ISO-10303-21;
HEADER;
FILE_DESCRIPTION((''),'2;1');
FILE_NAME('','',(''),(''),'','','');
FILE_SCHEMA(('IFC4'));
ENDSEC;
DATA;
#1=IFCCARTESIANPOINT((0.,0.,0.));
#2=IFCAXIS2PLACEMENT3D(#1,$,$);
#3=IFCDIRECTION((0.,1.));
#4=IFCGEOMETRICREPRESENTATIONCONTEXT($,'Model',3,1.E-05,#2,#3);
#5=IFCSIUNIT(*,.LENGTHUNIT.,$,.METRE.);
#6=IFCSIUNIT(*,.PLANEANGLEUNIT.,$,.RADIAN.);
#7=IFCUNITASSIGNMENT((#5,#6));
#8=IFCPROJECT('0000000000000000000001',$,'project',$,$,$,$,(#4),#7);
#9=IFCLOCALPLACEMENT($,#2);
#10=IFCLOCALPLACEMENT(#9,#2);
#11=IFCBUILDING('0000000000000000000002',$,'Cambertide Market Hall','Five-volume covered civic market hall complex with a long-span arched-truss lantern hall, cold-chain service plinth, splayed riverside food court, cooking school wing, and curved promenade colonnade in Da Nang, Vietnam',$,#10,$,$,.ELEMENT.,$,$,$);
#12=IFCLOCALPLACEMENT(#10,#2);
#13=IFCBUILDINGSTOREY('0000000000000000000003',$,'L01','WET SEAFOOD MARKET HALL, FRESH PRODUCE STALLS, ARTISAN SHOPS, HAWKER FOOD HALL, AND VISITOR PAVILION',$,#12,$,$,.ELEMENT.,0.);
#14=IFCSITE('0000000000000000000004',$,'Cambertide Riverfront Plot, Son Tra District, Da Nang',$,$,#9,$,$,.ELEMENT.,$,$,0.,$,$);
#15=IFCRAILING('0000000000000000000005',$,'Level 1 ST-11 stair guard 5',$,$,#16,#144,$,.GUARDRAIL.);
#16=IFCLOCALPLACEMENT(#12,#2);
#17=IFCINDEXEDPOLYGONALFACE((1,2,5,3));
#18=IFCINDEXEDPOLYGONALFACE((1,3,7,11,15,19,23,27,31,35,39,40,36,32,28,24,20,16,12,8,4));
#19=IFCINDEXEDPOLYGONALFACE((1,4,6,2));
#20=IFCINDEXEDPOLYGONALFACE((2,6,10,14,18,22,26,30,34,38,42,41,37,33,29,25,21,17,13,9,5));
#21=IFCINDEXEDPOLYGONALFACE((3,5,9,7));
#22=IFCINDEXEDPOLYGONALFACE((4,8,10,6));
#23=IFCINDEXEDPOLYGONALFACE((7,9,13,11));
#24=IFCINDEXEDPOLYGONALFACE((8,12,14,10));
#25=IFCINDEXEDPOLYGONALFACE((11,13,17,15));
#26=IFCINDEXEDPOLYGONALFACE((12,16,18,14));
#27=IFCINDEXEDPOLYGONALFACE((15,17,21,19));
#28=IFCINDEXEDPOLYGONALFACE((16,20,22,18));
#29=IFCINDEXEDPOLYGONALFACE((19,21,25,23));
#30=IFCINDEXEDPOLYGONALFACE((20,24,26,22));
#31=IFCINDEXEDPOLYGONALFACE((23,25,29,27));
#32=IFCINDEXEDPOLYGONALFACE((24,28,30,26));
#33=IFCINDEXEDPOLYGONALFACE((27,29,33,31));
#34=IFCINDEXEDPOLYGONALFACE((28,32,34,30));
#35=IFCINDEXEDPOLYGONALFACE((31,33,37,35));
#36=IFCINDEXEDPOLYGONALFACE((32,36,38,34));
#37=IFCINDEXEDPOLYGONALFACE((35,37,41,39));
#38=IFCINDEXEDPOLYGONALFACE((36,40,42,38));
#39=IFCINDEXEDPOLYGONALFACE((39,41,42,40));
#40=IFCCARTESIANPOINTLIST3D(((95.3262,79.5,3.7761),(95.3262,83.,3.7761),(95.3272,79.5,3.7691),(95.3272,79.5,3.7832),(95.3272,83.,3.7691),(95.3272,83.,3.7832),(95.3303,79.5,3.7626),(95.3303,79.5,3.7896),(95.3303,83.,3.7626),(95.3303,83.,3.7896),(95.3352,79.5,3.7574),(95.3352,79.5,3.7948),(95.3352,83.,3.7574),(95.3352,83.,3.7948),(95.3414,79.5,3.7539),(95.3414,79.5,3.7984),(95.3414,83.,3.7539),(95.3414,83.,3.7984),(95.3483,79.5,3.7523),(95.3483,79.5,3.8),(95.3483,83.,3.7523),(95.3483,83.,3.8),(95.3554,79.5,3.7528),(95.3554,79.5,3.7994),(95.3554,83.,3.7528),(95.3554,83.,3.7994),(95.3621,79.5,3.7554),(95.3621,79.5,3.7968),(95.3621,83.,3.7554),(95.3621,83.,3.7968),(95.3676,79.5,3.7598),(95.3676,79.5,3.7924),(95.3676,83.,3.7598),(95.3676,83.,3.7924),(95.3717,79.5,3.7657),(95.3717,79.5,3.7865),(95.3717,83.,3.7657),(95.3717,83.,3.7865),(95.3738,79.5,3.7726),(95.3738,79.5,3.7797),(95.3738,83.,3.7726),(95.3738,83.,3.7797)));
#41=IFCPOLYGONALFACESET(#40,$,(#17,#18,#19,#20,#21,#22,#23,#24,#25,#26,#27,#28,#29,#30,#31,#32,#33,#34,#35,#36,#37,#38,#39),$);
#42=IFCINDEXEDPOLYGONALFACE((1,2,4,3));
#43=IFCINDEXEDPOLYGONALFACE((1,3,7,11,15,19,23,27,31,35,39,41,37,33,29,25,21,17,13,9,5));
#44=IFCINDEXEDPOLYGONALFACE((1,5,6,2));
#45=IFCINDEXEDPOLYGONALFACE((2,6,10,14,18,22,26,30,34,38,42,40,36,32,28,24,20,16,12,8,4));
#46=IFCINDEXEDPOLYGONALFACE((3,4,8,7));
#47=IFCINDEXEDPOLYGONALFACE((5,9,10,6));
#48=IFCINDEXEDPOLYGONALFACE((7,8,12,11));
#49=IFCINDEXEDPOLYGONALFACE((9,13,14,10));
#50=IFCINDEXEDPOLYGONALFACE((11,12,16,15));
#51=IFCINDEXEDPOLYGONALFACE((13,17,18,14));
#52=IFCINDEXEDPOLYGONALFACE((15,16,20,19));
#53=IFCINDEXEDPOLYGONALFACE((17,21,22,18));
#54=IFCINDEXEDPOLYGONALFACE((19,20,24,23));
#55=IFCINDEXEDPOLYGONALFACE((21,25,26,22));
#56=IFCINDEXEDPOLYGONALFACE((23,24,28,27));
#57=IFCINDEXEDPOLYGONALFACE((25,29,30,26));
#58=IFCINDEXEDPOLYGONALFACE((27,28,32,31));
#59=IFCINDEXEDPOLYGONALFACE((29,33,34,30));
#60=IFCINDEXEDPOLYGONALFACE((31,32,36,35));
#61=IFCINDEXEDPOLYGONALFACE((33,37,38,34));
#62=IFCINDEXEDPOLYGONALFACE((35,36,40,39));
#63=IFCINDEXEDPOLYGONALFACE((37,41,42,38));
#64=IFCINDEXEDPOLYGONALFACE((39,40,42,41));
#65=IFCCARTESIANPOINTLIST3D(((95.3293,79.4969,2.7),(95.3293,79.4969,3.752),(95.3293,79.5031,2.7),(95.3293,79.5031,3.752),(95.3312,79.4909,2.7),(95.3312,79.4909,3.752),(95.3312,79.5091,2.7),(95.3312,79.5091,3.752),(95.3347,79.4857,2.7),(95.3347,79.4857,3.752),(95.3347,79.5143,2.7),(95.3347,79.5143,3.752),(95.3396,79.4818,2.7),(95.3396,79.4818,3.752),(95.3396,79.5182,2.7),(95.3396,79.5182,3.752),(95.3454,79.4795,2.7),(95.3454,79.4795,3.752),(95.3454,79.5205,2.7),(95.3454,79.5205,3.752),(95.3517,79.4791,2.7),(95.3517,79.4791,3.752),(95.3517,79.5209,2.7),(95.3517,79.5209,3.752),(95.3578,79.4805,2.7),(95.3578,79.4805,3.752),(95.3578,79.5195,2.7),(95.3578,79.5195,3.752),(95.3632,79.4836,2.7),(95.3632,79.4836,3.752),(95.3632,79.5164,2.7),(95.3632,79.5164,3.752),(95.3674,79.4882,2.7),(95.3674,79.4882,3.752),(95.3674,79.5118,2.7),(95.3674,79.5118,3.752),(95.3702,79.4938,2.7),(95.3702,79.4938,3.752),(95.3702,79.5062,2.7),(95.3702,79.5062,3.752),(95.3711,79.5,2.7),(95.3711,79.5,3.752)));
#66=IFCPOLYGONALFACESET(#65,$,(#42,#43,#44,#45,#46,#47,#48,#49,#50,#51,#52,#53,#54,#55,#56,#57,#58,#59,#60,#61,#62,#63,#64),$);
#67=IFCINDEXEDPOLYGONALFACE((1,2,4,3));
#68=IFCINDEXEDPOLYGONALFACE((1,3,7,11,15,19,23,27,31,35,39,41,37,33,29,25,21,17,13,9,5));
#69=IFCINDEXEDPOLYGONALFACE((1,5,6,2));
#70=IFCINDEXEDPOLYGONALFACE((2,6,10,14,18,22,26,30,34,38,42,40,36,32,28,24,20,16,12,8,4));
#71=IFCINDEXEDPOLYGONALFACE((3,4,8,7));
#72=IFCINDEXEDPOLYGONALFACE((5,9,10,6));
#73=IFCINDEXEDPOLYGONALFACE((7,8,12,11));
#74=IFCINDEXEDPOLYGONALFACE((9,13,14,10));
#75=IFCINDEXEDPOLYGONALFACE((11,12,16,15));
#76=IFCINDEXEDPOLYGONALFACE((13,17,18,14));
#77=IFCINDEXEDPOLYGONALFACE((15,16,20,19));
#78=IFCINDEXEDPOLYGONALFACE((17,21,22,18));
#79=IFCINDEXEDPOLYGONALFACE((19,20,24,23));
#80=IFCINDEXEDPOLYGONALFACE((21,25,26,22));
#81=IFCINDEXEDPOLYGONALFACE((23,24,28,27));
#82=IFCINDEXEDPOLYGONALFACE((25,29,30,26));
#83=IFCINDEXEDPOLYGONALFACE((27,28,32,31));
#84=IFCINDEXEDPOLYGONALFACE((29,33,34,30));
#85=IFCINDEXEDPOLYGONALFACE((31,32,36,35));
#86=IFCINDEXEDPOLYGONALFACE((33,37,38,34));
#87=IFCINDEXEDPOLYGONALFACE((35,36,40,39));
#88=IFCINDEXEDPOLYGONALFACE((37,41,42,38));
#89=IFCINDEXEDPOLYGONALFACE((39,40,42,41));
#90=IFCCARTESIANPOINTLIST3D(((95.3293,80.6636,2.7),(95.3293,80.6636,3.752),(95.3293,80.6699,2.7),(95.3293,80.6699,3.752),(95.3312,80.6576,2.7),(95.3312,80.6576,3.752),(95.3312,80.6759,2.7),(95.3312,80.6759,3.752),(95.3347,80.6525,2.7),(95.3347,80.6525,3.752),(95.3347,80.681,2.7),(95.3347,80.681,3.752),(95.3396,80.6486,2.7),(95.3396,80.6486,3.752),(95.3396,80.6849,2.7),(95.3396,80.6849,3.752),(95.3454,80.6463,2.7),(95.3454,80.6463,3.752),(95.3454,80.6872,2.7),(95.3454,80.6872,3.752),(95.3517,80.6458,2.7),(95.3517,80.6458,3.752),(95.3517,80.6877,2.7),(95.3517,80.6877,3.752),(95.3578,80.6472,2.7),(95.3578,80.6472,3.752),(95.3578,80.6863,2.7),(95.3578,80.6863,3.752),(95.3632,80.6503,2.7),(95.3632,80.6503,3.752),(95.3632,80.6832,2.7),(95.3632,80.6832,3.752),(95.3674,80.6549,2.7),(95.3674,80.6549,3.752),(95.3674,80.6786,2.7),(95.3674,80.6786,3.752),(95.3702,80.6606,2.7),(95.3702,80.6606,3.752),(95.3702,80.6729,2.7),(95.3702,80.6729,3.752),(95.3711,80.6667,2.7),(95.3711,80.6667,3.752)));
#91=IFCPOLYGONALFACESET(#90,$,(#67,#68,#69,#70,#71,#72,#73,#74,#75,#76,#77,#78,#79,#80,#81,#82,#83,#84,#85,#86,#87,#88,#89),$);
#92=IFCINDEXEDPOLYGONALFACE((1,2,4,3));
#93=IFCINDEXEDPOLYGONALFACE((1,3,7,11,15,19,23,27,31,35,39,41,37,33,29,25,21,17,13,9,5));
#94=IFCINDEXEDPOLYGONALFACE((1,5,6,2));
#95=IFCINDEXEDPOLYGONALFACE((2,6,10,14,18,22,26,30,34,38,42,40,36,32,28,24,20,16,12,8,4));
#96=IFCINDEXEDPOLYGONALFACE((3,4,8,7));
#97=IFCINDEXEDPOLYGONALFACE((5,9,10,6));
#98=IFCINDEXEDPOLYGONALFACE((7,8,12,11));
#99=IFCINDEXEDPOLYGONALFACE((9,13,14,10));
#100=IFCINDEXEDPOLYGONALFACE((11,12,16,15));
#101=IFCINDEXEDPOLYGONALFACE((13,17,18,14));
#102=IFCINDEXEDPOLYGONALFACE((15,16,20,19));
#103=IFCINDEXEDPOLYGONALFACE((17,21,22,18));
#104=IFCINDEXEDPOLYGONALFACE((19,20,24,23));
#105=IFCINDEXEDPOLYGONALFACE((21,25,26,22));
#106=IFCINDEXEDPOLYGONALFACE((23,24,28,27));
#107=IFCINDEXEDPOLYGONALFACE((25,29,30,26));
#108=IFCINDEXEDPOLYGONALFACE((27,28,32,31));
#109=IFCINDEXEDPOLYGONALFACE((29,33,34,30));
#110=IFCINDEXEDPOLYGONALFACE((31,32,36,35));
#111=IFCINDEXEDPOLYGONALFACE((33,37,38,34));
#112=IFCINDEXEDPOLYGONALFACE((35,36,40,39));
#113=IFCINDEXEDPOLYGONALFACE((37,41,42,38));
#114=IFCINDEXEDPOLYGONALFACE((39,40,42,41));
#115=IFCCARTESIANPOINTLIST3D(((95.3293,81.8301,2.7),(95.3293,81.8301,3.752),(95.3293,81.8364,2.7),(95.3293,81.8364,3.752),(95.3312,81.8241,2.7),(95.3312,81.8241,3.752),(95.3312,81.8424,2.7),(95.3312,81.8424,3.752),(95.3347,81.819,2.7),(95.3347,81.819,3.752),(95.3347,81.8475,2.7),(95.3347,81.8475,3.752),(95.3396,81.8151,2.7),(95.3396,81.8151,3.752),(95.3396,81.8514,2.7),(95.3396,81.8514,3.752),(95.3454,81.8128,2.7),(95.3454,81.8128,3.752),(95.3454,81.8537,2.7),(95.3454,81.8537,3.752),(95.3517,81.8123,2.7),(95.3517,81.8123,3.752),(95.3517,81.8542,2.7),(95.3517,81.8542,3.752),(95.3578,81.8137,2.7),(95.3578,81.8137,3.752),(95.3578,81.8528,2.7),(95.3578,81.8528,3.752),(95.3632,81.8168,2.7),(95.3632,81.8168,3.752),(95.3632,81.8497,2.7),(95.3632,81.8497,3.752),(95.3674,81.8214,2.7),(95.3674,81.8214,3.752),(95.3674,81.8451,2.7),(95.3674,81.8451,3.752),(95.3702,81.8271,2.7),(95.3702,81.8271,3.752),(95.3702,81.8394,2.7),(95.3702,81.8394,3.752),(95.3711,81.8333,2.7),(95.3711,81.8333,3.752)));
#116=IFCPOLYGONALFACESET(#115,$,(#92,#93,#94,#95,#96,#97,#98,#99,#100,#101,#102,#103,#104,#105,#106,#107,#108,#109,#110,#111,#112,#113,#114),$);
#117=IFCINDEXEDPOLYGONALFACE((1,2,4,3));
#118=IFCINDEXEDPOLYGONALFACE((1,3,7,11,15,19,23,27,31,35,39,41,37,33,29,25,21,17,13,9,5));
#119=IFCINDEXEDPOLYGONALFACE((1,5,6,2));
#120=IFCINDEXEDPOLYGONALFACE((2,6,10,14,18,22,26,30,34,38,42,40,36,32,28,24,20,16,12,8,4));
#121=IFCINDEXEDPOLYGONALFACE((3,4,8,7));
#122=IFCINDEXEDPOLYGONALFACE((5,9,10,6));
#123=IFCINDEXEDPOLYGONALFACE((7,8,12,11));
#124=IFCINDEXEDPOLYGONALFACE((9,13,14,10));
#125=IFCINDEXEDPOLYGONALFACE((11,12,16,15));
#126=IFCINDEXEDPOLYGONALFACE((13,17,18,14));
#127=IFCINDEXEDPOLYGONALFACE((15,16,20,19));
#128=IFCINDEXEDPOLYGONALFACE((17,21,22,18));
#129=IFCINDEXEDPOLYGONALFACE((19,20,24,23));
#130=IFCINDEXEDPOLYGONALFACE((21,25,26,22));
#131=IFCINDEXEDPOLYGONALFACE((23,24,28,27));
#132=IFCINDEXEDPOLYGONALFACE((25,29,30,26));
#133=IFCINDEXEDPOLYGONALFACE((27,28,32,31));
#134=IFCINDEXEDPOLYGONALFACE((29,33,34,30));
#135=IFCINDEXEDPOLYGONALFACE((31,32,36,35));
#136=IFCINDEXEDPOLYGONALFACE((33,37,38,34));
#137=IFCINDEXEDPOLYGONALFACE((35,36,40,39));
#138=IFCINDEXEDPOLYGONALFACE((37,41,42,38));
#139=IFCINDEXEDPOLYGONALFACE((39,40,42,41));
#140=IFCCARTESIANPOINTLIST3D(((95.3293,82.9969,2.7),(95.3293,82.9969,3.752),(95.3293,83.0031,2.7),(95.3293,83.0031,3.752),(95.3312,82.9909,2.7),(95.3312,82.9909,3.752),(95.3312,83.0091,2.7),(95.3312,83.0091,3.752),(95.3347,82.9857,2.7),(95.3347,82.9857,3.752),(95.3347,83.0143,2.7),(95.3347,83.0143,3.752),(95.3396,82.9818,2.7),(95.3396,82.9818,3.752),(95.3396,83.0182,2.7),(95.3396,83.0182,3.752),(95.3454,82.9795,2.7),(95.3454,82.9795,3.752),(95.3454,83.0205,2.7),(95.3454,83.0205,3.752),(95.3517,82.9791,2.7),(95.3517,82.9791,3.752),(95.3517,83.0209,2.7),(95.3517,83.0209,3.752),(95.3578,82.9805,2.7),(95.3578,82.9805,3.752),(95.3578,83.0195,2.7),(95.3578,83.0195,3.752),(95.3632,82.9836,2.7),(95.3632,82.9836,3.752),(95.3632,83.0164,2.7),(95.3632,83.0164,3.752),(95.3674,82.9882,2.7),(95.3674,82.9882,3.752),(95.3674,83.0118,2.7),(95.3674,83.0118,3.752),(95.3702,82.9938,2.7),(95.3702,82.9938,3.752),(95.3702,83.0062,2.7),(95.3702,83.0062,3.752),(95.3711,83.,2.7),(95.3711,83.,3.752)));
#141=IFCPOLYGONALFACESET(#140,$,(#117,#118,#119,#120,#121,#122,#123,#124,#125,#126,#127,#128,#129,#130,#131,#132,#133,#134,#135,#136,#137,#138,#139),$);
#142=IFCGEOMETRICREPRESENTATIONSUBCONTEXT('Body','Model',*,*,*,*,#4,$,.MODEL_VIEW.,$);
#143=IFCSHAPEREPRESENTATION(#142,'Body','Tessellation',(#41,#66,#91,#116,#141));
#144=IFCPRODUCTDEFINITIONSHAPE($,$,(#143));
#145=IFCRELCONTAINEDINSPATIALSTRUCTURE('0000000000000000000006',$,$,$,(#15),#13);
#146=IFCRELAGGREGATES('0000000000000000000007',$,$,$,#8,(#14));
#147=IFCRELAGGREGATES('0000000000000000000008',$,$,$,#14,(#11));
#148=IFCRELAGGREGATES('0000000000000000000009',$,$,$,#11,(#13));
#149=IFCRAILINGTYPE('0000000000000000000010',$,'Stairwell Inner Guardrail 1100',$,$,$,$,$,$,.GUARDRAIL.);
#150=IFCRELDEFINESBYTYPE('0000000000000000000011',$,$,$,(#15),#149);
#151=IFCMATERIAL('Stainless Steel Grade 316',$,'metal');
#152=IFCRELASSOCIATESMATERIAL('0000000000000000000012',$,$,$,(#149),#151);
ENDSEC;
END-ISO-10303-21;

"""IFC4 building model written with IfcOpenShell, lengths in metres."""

from ifc_helpers import new_model, si_unit, direction, frame, origin, origin_2d, place, context, subcontext, project, spatial, circle, extrude, material, type_object, element, save


model = new_model("IFC4")

# Units and contexts
model_context = context("Model", 3, precision=1e-05, world=origin(), true_north=direction((0.0, 1.0)))
body_context = subcontext(model_context, "Body", "Model", "MODEL_VIEW")
ifc_project = project(units=[si_unit("LENGTHUNIT", "METRE"), si_unit("PLANEANGLEUNIT", "RADIAN")], contexts=[model_context])

# Site, building, storey
site_placement = place(None, origin())
site = spatial("IfcSite", under=ifc_project, at=site_placement, Name="Cambertide Riverfront Plot, Son Tra District, Da Nang", CompositionType="ELEMENT", RefElevation=0.0)
building_placement = place(site_placement, origin())
building = spatial("IfcBuilding", under=site, at=building_placement, Name="Cambertide Market Hall", Description="Five-volume covered civic market hall complex with a long-span arched-truss lantern hall, cold-chain service plinth, splayed riverside food court, cooking school wing, and curved promenade colonnade in Da Nang, Vietnam", CompositionType="ELEMENT")
storey_placement = place(building_placement, origin())
storey = spatial("IfcBuildingStorey", under=building, at=storey_placement, Name="L01", Description="WET SEAFOOD MARKET HALL, FRESH PRODUCE STALLS, ARTISAN SHOPS, HAWKER FOOD HALL, AND VISITOR PAVILION", CompositionType="ELEMENT", Elevation=0.0)

# Railing
ifc_material_1 = material(Name="Stainless Steel Grade 316", Category="metal")
railing_type_1 = type_object("IfcRailingType", Name="Stairwell Inner Guardrail 1100", PredefinedType="GUARDRAIL", material=ifc_material_1)
railing_1_placement = place(storey_placement, frame((95.3501, 79.5, 2.7)))
element("IfcRailing", 1, at=railing_1_placement, inside=storey, type_object=railing_type_1, Name="Level 1 ST-11 stair guard 5", PredefinedType="GUARDRAIL", context=body_context, shape_type="SweptSolid", body=[
    extrude(circle(Radius=0.0239, at=origin_2d()), frame((0.0, 0.0, 1.0762), z_axis=(0.0, 1.0, 0.0), x_axis=(-1.0, 0.0, 0.0)), (0.0, 0.0, 1.0), 3.5),
    extrude(circle(Radius=0.021, at=origin_2d()), origin(), (0.0, 0.0, 1.0), 1.052),
    extrude(circle(Radius=0.021, at=origin_2d()), frame((0.0, 1.1667, 0.0)), (0.0, 0.0, 1.0), 1.052),
    extrude(circle(Radius=0.021, at=origin_2d()), frame((0.0, 2.3333, 0.0)), (0.0, 0.0, 1.0), 1.052),
    extrude(circle(Radius=0.021, at=origin_2d()), frame((0.0, 3.5, 0.0)), (0.0, 0.0, 1.0), 1.052),
])

save(model, "model.ifc")
